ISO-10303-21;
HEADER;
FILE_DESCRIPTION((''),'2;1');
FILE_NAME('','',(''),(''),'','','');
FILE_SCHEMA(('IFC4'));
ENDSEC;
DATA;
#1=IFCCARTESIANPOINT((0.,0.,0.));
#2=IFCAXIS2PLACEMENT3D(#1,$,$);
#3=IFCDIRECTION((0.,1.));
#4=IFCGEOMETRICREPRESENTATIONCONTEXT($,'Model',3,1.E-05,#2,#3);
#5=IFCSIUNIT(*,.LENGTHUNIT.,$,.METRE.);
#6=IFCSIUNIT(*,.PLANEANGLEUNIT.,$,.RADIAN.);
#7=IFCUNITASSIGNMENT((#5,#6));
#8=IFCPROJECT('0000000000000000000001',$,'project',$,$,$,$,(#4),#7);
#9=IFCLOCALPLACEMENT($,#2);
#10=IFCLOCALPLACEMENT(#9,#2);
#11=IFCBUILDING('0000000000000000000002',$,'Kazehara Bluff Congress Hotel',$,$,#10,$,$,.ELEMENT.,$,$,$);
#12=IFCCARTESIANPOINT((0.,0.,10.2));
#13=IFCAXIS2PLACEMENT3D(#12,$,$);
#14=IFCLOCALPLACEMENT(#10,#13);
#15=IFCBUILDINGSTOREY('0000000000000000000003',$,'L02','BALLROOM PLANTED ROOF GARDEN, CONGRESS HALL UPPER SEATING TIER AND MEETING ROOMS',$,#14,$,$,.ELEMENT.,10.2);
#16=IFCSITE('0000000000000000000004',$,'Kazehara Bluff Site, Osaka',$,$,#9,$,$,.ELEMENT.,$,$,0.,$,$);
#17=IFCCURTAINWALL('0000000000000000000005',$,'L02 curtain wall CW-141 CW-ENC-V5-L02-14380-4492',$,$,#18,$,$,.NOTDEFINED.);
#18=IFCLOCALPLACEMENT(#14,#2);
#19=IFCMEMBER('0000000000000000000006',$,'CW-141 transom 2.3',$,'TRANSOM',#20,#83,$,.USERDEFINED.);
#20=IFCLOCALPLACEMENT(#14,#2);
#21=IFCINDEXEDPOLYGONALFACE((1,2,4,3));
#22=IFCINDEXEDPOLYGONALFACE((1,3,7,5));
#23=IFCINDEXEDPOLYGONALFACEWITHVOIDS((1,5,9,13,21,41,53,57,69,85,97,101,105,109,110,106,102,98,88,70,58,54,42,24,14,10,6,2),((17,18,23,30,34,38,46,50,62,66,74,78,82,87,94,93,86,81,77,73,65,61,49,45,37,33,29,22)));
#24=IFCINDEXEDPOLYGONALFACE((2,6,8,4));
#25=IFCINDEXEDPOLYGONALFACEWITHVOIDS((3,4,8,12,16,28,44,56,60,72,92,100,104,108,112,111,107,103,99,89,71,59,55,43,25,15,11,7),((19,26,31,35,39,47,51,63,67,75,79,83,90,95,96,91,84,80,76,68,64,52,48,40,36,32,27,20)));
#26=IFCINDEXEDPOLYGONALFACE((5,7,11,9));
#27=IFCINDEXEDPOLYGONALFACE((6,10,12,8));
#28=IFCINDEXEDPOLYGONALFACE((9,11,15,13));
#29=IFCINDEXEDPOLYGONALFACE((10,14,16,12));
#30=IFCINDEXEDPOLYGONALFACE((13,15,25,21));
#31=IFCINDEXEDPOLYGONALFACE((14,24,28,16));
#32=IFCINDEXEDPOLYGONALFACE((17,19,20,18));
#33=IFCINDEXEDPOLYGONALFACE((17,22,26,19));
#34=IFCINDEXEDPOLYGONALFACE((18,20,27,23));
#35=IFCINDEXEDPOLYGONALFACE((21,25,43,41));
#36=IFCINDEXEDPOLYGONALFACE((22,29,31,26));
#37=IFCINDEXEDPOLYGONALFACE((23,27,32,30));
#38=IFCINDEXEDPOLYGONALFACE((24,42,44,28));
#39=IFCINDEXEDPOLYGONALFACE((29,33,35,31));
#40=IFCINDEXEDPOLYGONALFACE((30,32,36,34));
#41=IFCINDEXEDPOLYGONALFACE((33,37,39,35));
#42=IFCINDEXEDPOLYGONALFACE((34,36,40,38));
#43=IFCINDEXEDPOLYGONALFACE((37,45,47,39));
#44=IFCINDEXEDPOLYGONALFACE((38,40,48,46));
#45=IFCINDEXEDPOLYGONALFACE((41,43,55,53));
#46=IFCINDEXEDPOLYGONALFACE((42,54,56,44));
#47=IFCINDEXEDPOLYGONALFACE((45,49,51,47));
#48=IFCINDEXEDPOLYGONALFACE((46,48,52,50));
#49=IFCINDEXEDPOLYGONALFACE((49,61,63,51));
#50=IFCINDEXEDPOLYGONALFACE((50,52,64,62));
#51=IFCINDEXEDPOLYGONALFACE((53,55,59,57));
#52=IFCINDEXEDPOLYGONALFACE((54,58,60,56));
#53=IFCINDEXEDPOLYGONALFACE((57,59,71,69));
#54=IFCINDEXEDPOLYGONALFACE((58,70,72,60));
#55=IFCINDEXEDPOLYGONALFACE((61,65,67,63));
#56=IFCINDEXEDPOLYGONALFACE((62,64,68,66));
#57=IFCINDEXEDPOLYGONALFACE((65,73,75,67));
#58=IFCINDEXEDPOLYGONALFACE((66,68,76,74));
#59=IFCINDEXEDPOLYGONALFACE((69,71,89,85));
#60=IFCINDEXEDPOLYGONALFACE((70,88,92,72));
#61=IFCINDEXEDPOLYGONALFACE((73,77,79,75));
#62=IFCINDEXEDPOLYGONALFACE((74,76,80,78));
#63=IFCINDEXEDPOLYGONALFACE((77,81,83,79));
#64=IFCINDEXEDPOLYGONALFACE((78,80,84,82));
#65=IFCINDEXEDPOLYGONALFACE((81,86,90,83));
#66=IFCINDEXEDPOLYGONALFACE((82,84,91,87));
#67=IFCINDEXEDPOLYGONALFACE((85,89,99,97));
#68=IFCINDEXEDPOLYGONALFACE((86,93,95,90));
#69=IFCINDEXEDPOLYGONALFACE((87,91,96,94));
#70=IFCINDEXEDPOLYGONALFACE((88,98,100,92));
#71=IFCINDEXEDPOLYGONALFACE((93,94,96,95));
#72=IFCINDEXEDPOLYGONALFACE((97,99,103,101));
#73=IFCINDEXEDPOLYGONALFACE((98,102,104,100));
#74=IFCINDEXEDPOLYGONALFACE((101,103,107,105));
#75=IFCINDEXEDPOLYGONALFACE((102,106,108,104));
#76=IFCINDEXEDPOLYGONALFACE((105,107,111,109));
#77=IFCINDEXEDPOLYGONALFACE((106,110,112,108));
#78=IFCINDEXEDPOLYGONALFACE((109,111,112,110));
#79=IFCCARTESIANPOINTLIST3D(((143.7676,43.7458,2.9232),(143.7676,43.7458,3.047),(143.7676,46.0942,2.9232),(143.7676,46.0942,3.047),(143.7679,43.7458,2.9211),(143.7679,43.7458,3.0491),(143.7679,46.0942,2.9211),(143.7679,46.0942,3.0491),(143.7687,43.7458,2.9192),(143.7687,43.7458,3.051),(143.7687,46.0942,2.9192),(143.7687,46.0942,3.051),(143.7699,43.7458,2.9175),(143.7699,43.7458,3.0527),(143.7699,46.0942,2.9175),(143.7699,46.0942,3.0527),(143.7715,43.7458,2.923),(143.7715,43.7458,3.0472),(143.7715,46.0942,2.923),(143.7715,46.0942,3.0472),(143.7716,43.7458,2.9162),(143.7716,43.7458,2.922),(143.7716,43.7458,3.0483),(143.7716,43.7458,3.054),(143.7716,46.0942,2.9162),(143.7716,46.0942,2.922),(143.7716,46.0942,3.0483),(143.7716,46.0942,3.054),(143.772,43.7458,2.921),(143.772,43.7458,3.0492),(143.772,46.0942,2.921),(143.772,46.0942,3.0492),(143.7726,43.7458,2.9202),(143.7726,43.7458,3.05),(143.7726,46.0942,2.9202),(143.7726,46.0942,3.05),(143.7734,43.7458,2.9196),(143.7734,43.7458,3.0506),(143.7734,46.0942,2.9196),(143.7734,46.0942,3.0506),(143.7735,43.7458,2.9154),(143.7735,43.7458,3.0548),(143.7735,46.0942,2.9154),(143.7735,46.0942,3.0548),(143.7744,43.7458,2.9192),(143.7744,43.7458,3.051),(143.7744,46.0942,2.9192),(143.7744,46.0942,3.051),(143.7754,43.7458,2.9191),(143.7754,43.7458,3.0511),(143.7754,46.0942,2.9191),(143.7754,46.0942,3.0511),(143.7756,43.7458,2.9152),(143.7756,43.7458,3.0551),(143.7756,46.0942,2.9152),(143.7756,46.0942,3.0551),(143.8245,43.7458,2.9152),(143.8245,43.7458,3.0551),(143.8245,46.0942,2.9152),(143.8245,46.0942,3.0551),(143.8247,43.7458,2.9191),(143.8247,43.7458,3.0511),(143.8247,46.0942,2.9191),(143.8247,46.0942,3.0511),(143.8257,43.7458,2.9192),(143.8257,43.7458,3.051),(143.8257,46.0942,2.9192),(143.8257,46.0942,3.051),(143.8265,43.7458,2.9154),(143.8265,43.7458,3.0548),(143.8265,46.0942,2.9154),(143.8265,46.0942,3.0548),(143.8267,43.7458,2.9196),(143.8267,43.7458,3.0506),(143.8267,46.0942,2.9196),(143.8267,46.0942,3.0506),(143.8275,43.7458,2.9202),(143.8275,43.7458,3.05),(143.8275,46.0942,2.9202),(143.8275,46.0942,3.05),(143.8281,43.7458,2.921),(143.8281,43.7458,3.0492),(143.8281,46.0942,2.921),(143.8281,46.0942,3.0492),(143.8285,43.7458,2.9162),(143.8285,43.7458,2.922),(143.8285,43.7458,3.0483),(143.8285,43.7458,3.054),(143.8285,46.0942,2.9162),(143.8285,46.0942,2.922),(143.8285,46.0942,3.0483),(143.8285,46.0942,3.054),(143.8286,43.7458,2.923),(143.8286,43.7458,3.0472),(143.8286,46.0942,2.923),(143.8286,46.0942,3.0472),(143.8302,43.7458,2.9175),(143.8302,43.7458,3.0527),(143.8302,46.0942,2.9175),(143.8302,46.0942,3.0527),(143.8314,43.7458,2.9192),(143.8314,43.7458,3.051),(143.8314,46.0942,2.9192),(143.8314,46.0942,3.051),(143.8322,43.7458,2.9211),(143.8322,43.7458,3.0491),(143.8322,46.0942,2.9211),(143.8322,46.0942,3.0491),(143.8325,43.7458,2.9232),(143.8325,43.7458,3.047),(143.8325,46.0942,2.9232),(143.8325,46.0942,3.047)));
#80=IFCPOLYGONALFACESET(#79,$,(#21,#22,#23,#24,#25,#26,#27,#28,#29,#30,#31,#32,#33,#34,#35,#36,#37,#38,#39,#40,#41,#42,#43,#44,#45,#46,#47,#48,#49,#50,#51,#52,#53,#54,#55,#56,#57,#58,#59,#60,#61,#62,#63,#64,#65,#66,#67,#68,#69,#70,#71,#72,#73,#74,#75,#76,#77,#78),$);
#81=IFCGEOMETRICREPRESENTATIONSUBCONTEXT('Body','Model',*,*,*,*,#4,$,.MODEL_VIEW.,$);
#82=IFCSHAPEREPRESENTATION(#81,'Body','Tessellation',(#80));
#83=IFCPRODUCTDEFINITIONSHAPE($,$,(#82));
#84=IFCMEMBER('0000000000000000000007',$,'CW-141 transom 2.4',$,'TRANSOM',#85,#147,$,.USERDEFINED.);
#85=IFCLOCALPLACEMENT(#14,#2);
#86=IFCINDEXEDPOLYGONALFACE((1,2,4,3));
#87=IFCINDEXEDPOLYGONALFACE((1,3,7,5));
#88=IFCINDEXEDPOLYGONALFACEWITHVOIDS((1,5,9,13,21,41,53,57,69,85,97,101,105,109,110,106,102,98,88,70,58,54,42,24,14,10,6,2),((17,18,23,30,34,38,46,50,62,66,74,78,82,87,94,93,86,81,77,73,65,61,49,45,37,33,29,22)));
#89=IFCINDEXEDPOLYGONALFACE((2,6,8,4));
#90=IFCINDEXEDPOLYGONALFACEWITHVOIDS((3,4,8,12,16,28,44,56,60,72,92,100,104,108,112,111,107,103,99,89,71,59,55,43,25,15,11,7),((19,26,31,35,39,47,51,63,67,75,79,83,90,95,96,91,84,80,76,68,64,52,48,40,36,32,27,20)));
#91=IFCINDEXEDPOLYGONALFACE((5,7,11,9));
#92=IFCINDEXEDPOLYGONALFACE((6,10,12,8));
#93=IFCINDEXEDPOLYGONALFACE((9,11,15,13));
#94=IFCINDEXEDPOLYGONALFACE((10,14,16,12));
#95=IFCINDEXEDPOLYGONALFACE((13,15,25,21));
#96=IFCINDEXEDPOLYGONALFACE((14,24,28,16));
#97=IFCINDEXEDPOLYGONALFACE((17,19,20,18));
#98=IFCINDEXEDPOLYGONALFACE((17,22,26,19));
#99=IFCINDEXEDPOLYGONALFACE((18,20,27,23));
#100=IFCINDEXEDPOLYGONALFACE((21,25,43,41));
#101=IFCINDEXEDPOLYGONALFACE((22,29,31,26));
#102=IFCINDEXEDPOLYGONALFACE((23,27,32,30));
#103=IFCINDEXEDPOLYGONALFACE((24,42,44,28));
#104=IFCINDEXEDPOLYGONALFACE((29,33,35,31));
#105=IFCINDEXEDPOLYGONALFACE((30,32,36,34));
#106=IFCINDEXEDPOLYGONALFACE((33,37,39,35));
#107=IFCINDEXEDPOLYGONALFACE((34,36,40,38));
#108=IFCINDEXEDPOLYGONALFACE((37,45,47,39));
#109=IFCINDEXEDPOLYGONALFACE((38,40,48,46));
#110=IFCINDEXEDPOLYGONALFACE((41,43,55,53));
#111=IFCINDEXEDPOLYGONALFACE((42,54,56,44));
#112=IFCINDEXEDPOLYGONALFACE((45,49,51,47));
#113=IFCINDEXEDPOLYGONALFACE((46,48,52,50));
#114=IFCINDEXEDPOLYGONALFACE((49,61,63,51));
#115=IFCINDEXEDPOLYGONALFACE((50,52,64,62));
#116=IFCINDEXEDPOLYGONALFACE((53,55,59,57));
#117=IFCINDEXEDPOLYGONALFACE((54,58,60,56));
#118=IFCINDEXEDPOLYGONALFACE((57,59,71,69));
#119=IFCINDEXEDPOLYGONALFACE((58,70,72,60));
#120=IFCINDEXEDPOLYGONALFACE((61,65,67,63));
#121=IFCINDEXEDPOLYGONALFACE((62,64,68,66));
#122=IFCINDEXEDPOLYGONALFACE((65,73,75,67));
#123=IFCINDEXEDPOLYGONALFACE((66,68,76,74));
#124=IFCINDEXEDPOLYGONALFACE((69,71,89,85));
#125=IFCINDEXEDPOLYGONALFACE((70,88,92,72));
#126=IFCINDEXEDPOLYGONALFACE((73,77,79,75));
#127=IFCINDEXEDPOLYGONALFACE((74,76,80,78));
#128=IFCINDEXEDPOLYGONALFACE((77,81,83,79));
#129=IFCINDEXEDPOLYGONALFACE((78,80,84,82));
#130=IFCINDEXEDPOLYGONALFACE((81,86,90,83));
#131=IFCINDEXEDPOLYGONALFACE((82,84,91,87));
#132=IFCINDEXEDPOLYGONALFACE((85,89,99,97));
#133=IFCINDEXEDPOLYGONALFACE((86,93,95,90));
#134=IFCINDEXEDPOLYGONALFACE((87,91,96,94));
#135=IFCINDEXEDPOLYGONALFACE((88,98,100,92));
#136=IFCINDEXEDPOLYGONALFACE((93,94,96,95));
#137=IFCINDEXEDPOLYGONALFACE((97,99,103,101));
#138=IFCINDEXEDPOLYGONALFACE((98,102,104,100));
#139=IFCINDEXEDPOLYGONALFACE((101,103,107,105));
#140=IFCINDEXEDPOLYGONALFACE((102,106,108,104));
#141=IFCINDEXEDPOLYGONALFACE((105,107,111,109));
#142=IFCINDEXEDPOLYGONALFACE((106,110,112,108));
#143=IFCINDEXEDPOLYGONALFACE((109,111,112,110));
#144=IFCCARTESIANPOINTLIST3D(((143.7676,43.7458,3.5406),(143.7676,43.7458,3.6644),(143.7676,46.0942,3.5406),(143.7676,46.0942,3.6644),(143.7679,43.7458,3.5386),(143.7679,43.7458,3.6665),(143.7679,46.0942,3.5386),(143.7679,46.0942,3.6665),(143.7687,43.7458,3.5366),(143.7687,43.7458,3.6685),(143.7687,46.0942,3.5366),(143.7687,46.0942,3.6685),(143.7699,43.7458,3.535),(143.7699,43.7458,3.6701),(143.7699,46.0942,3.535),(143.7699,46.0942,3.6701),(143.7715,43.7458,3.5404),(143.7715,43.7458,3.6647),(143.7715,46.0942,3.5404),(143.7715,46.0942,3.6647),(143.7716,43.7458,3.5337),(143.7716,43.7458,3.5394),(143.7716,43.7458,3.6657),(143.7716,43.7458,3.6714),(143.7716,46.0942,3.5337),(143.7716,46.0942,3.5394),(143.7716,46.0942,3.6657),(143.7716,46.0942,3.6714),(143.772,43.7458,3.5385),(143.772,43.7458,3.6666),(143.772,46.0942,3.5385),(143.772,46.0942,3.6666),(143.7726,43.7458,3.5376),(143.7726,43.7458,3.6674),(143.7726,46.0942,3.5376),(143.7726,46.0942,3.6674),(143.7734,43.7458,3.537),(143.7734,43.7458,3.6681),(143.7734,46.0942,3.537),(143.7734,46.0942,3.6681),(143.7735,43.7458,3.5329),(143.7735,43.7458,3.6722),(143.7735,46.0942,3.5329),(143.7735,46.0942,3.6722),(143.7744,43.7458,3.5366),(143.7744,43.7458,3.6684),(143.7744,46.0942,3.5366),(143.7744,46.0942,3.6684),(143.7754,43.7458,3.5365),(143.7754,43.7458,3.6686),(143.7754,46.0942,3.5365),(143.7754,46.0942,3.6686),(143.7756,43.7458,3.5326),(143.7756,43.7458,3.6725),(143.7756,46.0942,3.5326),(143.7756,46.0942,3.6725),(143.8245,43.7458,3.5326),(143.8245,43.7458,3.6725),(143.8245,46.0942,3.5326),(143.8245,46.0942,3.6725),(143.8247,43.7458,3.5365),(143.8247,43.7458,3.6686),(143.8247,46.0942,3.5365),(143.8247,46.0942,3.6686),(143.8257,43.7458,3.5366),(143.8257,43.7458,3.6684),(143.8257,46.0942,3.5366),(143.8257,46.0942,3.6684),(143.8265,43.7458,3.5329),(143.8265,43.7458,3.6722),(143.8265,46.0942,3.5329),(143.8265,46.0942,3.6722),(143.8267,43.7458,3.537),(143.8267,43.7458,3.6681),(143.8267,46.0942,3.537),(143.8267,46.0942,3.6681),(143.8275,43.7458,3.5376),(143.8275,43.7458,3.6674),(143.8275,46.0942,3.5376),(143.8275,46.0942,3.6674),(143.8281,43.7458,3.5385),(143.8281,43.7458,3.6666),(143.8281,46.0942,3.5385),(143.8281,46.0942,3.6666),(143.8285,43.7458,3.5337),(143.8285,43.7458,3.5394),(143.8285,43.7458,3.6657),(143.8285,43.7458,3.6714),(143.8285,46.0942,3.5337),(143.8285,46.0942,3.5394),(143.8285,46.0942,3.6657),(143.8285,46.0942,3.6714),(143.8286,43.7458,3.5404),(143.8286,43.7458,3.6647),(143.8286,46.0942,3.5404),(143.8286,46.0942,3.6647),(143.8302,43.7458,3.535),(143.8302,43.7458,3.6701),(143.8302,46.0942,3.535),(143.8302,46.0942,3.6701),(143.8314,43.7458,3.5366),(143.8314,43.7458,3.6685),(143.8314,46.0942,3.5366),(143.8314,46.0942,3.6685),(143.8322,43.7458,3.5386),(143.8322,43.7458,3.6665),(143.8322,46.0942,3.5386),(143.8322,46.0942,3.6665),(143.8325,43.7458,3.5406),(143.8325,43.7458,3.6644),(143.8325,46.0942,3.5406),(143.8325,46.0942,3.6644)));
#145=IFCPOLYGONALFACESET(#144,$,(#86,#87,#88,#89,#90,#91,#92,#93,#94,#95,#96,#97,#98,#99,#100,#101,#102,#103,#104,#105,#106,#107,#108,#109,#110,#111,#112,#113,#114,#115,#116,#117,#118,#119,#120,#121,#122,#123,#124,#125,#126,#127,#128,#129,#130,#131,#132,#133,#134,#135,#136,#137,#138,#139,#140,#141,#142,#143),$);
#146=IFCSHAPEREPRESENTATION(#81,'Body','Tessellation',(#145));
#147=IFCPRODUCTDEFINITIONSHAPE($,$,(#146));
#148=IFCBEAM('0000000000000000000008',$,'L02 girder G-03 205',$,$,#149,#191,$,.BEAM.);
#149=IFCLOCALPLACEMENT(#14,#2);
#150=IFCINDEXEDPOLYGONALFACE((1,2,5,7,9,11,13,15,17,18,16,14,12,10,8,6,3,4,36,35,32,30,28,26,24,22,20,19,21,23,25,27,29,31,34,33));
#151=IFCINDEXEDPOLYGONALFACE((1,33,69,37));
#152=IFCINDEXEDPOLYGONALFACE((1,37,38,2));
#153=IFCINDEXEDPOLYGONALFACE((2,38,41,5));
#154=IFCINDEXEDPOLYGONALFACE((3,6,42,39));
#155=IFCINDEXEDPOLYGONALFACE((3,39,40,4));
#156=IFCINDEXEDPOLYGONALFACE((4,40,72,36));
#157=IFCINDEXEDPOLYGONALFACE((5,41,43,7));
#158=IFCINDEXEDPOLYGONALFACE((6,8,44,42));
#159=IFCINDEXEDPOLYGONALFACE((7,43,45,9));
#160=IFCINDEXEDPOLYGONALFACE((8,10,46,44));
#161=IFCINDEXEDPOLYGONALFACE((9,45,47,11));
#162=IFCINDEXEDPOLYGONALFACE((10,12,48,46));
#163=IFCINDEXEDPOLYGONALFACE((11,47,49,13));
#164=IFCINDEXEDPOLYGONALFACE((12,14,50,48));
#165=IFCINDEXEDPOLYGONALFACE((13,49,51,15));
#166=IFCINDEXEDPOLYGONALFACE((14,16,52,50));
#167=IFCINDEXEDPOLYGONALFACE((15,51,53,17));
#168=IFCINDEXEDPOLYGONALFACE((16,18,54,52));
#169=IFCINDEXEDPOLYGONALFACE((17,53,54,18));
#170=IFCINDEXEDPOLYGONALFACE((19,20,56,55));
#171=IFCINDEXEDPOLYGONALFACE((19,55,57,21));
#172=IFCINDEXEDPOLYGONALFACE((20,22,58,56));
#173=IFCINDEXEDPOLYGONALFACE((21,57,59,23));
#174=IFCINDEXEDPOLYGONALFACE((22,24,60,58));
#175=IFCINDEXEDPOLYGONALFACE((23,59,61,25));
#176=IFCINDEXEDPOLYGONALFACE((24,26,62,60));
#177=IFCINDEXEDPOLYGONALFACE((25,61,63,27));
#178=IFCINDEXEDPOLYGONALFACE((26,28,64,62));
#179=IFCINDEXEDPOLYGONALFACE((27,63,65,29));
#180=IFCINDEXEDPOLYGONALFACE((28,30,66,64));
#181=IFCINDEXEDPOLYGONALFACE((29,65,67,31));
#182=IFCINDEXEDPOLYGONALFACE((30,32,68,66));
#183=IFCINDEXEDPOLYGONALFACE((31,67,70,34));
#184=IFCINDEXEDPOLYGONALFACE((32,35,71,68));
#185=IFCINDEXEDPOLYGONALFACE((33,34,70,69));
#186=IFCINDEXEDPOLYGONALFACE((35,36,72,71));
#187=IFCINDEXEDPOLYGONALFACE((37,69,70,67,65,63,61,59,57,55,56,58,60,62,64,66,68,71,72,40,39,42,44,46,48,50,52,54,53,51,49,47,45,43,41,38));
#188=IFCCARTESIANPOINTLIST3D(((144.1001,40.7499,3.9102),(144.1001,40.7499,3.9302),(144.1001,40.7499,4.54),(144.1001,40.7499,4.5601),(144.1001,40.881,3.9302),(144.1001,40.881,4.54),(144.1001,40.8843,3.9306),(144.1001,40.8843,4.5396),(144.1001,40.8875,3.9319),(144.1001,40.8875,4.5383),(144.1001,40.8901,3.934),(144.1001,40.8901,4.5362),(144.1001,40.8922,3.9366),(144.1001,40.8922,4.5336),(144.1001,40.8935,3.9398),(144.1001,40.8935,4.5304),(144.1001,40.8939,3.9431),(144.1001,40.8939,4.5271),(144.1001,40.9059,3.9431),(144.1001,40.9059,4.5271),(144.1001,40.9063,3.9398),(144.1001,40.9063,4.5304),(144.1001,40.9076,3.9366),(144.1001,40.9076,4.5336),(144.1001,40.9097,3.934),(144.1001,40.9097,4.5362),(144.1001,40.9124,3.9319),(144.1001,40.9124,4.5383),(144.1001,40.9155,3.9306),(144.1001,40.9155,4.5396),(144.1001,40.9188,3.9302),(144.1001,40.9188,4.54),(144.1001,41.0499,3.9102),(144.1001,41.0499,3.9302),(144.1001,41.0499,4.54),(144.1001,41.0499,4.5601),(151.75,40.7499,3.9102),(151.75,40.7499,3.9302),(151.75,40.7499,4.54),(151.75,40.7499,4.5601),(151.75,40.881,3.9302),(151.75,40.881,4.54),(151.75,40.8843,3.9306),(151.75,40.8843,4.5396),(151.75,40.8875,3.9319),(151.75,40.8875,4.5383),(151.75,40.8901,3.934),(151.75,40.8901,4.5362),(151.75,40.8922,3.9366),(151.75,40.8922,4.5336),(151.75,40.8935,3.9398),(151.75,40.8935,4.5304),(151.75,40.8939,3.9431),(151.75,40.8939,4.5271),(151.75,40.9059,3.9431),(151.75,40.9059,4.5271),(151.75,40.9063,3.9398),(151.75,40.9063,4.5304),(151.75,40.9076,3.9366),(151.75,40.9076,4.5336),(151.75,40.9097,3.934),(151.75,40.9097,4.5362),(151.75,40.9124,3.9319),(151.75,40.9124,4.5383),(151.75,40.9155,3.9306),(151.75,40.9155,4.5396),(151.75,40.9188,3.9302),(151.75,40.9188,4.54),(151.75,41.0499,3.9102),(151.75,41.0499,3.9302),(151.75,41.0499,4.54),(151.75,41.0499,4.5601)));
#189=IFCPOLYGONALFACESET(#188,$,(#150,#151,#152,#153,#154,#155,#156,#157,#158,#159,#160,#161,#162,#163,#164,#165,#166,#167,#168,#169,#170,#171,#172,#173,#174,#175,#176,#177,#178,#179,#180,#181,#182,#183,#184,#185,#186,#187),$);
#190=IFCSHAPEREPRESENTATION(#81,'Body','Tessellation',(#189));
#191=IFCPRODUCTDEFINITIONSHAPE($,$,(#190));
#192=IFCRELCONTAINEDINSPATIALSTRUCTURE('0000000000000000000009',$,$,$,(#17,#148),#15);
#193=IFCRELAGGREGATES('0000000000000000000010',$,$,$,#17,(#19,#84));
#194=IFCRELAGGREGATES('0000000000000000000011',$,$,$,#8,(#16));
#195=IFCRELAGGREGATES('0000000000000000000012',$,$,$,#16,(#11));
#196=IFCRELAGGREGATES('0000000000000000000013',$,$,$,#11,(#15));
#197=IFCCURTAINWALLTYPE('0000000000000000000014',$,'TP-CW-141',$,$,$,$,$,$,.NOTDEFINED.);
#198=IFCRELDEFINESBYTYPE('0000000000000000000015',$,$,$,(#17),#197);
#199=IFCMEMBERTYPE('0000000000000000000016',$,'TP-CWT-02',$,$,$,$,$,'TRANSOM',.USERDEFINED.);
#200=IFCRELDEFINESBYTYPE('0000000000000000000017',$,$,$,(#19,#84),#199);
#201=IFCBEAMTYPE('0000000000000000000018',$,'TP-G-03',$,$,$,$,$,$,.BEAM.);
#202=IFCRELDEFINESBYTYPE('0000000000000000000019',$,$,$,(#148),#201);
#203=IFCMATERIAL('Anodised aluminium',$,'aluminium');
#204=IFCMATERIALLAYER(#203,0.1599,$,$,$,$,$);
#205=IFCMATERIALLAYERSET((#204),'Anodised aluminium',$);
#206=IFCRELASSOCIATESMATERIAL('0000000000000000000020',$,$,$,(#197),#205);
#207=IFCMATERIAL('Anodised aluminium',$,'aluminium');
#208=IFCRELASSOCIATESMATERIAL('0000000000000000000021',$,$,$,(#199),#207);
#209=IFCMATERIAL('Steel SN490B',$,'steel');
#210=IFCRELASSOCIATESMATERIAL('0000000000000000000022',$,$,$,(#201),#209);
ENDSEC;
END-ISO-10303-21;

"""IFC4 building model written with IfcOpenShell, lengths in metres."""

from ifc_helpers import new_model, si_unit, direction, frame, origin, origin_2d, place, context, subcontext, project, spatial, hollow_rectangle, i_section, extrude, material, layer, layer_set, material_profile, profile_set, type_object, element, aggregate, save


model = new_model("IFC4")

# Units and contexts
model_context = context("Model", 3, precision=1e-05, world=origin(), true_north=direction((0.0, 1.0)))
body_context = subcontext(model_context, "Body", "Model", "MODEL_VIEW")
ifc_project = project(units=[si_unit("LENGTHUNIT", "METRE"), si_unit("PLANEANGLEUNIT", "RADIAN")], contexts=[model_context])

# Site, building, storey
site_placement = place(None, origin())
site = spatial("IfcSite", under=ifc_project, at=site_placement, Name="Kazehara Bluff Site, Osaka", CompositionType="ELEMENT", RefElevation=0.0)
building_placement = place(site_placement, origin())
building = spatial("IfcBuilding", under=site, at=building_placement, Name="Kazehara Bluff Congress Hotel", CompositionType="ELEMENT")
storey_placement = place(building_placement, frame((0.0, 0.0, 10.2)))
storey = spatial("IfcBuildingStorey", under=building, at=storey_placement, Name="L02", Description="BALLROOM PLANTED ROOF GARDEN, CONGRESS HALL UPPER SEATING TIER AND MEETING ROOMS", CompositionType="ELEMENT", Elevation=10.2)

# Curtain wall, members
ifc_material_1 = material(Name="Anodised aluminium", Category="aluminium")
ifc_layer_1 = layer(ifc_material_1, 0.1599)
ifc_layer_set_1 = layer_set([ifc_layer_1], Name="Anodised aluminium")
curtain_wall_type = type_object("IfcCurtainWallType", Name="TP-CW-141", PredefinedType="NOTDEFINED", material=ifc_layer_set_1)
curtain_wall_placement = place(storey_placement, origin())
curtain_wall = element("IfcCurtainWall", 1, at=curtain_wall_placement, inside=storey, type_object=curtain_wall_type, Name="L02 curtain wall CW-141 CW-ENC-V5-L02-14380-4492", PredefinedType="NOTDEFINED")
ifc_material_2 = material(Name="Anodised aluminium", Category="aluminium")
ifc_material_profile_1 = material_profile(ifc_material_2, hollow_rectangle(XDim=0.0649, YDim=0.1399, WallThickness=0.0039, InnerFilletRadius=0.0039, OuterFilletRadius=0.0081, at=origin_2d()))
ifc_profile_set_1 = profile_set([ifc_material_profile_1], Name="Anodised aluminium")
member_type_1 = type_object("IfcMemberType", Name="TP-CWT-02", ElementType="TRANSOM", PredefinedType="USERDEFINED", material=ifc_profile_set_1)
member_1_placement = place(storey_placement, frame((143.8, 43.7458, 2.9851), z_axis=(0.0, 1.0, 0.0), x_axis=(-1.0, 0.0, 0.0)))
member_1 = element("IfcMember", 2, at=member_1_placement, type_object=member_type_1, Name="CW-141 transom 2.3", ObjectType="TRANSOM", PredefinedType="USERDEFINED", context=body_context, shape_type="SweptSolid", body=[
    extrude(hollow_rectangle(XDim=0.0649, YDim=0.1399, WallThickness=0.0039, InnerFilletRadius=0.0039, OuterFilletRadius=0.0081, at=origin_2d()), origin(), (0.0, 0.0, 1.0), 2.3484),
])
member_2_placement = place(storey_placement, frame((143.8, 43.7458, 3.6025), z_axis=(0.0, 1.0, 0.0), x_axis=(-1.0, 0.0, 0.0)))
member_2 = element("IfcMember", 3, at=member_2_placement, type_object=member_type_1, Name="CW-141 transom 2.4", ObjectType="TRANSOM", PredefinedType="USERDEFINED", context=body_context, shape_type="SweptSolid", body=[
    extrude(hollow_rectangle(XDim=0.0649, YDim=0.1399, WallThickness=0.0039, InnerFilletRadius=0.0039, OuterFilletRadius=0.0081, at=origin_2d()), origin(), (0.0, 0.0, 1.0), 2.3484),
])

# Beam
ifc_material_3 = material(Name="Steel SN490B", Category="steel")
ifc_material_profile_2 = material_profile(ifc_material_3, i_section(OverallWidth=0.3, OverallDepth=0.6499, WebThickness=0.012, FlangeThickness=0.02, FilletRadius=0.0129, at=origin_2d()))
ifc_profile_set_2 = profile_set([ifc_material_profile_2], Name="Steel SN490B")
beam_type_1 = type_object("IfcBeamType", Name="TP-G-03", PredefinedType="BEAM", material=ifc_profile_set_2)
beam_1_placement = place(storey_placement, frame((144.1001, 40.8999, 4.2351), z_axis=(1.0, 0.0, 0.0), x_axis=(0.0, 1.0, 0.0)))
element("IfcBeam", 4, at=beam_1_placement, inside=storey, type_object=beam_type_1, Name="L02 girder G-03 205", PredefinedType="BEAM", context=body_context, shape_type="SweptSolid", body=[
    extrude(i_section(OverallWidth=0.3, OverallDepth=0.6499, WebThickness=0.012, FlangeThickness=0.02, FilletRadius=0.0129, at=origin_2d()), origin(), (0.0, 0.0, 1.0), 7.6499),
])

aggregate(curtain_wall, [member_1, member_2])

save(model, "model.ifc")
